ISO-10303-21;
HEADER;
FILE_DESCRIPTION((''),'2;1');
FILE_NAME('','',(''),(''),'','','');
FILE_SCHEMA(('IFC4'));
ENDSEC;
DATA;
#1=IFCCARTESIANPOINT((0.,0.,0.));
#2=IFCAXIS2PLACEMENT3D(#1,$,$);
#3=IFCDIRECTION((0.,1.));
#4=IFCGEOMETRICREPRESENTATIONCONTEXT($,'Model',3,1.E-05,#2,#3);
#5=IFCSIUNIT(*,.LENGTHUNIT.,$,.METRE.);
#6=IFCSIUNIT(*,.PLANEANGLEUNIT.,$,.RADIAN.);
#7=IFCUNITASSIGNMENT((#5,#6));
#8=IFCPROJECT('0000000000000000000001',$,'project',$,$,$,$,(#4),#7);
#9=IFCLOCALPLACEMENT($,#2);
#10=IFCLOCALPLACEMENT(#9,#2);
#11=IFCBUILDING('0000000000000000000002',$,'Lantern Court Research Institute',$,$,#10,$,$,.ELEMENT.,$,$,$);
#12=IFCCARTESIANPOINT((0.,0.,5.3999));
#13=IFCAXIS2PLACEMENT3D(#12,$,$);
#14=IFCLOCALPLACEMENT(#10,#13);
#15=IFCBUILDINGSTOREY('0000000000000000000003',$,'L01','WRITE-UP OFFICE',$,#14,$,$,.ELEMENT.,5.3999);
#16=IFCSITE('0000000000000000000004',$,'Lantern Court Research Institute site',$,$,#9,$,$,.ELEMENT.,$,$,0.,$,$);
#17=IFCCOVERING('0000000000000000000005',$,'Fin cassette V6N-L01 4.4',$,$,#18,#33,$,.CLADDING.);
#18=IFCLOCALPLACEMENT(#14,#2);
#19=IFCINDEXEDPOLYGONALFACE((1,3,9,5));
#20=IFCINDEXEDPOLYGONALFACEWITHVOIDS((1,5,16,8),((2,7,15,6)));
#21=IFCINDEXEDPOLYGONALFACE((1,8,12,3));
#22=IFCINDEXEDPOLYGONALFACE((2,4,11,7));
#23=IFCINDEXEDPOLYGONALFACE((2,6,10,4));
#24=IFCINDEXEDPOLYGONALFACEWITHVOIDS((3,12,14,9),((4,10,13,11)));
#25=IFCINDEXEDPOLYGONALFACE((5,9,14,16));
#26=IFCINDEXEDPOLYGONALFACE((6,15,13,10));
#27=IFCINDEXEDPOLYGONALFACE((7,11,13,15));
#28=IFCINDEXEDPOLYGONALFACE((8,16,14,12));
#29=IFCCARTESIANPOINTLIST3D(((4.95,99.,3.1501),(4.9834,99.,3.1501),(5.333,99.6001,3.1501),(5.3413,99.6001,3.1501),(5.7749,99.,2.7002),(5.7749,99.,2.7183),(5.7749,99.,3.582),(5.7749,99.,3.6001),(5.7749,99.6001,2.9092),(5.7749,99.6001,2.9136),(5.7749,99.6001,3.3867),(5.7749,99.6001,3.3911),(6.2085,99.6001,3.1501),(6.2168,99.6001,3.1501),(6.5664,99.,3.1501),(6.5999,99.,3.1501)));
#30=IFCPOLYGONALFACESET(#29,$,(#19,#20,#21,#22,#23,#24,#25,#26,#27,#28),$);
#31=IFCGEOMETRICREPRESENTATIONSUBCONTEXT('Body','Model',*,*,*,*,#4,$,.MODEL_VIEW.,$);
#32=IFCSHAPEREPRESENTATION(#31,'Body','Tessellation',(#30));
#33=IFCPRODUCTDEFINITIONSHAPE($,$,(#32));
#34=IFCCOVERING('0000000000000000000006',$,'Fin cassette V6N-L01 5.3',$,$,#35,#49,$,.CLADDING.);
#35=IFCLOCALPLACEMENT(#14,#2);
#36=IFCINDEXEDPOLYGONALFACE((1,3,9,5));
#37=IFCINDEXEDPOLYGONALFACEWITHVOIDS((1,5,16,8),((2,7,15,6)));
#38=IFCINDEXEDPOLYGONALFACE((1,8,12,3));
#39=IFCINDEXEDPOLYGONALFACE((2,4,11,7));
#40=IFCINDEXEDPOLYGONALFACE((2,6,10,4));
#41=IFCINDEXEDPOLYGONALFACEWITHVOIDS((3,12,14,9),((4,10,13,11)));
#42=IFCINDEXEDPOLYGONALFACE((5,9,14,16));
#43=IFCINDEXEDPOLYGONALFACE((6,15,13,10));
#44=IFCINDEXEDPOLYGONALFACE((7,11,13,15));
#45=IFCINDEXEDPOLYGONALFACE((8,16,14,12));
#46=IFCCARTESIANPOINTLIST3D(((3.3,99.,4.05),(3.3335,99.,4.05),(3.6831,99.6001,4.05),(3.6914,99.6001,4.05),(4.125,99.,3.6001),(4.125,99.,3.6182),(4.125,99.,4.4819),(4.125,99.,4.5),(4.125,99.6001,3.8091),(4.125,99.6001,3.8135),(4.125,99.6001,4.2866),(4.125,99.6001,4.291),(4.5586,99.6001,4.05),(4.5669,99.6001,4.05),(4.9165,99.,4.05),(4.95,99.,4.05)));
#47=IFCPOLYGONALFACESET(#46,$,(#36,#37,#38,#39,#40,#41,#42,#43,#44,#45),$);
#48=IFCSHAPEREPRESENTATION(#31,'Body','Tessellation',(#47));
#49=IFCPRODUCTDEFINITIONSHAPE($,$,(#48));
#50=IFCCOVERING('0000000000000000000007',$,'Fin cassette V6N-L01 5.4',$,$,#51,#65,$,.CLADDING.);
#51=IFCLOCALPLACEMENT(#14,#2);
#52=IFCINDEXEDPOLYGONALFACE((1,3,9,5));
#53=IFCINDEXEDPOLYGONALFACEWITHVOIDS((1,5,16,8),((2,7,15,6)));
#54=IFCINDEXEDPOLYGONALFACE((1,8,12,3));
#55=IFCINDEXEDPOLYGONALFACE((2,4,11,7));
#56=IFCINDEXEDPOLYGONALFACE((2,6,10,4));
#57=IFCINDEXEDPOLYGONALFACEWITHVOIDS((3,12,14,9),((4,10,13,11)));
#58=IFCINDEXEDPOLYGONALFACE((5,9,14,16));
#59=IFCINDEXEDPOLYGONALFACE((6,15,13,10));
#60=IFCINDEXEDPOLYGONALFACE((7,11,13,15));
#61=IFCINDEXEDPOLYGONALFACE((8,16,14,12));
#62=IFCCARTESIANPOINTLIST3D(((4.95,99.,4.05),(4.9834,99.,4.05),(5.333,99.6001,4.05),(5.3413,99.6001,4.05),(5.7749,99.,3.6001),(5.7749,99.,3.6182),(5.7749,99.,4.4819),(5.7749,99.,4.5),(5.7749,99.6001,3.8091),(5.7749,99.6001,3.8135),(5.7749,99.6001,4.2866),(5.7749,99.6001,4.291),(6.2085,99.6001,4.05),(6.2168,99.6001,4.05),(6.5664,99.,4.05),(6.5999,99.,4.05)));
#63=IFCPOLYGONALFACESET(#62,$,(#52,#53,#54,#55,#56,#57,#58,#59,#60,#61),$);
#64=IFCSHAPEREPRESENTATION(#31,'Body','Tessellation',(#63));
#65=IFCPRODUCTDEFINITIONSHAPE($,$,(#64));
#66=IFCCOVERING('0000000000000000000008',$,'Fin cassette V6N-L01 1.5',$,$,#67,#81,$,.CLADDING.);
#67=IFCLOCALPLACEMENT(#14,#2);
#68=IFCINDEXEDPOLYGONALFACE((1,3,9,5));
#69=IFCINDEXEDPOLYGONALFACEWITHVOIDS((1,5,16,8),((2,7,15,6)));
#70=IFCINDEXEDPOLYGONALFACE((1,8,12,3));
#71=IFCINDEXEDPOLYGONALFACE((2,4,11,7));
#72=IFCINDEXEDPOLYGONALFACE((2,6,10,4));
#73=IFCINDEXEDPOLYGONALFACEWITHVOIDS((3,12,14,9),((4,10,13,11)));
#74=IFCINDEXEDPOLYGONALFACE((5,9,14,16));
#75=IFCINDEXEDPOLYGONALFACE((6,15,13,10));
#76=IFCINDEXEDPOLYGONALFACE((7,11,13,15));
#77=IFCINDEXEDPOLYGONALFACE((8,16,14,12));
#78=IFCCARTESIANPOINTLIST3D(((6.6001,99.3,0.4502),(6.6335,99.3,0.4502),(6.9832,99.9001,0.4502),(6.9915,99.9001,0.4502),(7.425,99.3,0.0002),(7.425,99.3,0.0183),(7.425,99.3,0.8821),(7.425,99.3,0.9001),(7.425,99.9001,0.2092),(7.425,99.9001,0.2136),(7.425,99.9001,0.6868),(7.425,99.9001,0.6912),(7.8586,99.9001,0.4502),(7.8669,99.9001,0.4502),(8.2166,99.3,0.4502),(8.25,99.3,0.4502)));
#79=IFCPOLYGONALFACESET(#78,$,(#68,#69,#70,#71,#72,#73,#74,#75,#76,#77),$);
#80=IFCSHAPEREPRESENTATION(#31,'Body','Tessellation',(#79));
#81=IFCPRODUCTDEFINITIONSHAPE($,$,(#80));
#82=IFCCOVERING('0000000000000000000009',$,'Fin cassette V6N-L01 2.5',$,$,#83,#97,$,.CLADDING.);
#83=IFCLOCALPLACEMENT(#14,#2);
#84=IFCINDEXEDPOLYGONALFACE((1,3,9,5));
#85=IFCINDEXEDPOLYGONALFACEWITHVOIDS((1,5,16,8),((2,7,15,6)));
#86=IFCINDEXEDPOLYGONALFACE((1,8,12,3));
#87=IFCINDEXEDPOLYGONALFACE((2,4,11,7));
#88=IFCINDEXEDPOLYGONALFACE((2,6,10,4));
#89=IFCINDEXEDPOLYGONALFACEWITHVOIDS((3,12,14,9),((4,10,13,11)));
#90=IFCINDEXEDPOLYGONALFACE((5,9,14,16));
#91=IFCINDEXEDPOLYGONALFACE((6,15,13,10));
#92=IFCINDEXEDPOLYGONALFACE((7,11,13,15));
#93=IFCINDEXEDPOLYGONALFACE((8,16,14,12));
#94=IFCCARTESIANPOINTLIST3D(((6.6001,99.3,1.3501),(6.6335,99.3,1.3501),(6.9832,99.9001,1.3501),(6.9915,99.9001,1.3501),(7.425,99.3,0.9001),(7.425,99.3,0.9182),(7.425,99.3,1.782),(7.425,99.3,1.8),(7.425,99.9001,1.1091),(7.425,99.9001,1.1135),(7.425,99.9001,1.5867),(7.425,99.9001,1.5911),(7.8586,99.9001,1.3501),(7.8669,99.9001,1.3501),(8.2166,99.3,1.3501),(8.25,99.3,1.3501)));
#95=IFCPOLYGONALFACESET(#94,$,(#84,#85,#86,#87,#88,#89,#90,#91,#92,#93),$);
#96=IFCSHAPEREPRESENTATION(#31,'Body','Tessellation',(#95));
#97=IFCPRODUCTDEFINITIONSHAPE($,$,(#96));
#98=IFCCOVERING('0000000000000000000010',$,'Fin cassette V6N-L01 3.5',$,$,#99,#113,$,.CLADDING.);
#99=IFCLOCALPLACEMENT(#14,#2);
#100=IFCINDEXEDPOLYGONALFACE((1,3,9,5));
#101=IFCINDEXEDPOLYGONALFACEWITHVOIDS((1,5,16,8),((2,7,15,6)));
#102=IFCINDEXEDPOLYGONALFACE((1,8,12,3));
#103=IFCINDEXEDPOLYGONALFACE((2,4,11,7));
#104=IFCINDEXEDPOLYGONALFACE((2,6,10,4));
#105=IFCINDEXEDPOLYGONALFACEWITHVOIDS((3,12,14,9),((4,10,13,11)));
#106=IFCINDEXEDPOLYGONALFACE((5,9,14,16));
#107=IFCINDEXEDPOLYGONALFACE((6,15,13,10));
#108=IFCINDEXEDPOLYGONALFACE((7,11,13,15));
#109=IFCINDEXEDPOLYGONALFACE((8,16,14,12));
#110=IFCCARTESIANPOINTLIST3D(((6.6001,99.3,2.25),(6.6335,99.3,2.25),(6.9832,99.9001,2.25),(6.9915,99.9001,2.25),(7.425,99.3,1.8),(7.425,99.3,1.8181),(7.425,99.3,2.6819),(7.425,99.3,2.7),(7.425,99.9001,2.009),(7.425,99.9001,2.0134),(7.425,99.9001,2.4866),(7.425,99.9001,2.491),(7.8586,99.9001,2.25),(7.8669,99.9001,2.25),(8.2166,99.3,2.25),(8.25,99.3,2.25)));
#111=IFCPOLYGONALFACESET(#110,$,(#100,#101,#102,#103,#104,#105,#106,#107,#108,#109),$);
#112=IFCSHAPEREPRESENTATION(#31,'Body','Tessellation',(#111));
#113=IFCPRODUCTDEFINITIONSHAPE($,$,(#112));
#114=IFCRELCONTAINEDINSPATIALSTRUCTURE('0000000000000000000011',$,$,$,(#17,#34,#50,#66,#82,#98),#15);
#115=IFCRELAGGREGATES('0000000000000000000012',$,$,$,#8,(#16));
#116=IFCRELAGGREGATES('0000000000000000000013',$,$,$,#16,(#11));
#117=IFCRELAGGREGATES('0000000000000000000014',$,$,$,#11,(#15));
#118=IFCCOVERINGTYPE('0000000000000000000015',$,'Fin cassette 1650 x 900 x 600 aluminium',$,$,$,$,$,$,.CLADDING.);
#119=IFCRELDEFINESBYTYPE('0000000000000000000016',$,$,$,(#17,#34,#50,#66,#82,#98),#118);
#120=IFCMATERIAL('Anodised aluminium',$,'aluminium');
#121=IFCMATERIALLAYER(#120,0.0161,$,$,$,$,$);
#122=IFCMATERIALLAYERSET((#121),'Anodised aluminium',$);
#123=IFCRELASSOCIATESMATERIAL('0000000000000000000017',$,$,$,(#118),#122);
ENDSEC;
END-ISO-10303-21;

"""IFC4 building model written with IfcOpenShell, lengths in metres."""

from ifc_helpers import new_model, entity, si_unit, direction, frame, origin, place, context, subcontext, project, spatial, material, layer, layer_set, type_object, element, save


model = new_model("IFC4")

# Units and contexts
model_context = context("Model", 3, precision=1e-05, world=origin(), true_north=direction((0.0, 1.0)))
body_context = subcontext(model_context, "Body", "Model", "MODEL_VIEW")
ifc_project = project(units=[si_unit("LENGTHUNIT", "METRE"), si_unit("PLANEANGLEUNIT", "RADIAN")], contexts=[model_context])

# Site, building, storey
site_placement = place(None, origin())
site = spatial("IfcSite", under=ifc_project, at=site_placement, Name="Lantern Court Research Institute site", CompositionType="ELEMENT", RefElevation=0.0)
building_placement = place(site_placement, origin())
building = spatial("IfcBuilding", under=site, at=building_placement, Name="Lantern Court Research Institute", CompositionType="ELEMENT")
storey_placement = place(building_placement, frame((0.0, 0.0, 5.3999)))
storey = spatial("IfcBuildingStorey", under=building, at=storey_placement, Name="L01", Description="WRITE-UP OFFICE", CompositionType="ELEMENT", Elevation=5.3999)

# Coverings
ifc_material_1 = material(Name="Anodised aluminium", Category="aluminium")
ifc_layer_1 = layer(ifc_material_1, 0.0161)
ifc_layer_set_1 = layer_set([ifc_layer_1], Name="Anodised aluminium")
covering_type_1 = type_object("IfcCoveringType", Name="Fin cassette 1650 x 900 x 600 aluminium", PredefinedType="CLADDING", material=ifc_layer_set_1)
covering_1_placement = place(storey_placement, frame((5.7749, 99.0, 3.1501), z_axis=(0.0, 1.0, 0.0), x_axis=(-1.0, 0.0, 0.0)))
cartesian_point_1 = entity("IfcCartesianPoint", [0.825, 0.0])
cartesian_point_2 = entity("IfcCartesianPoint", [0.7915, 0.0])
cartesian_point_3 = entity("IfcCartesianPoint", [0.4419, 0.0])
cartesian_point_4 = entity("IfcCartesianPoint", [0.4336, 0.0])
element("IfcCovering", 1, at=covering_1_placement, inside=storey, type_object=covering_type_1, Name="Fin cassette V6N-L01 4.4", PredefinedType="CLADDING", context=body_context, shape_type="SweptSolid", body=[
    entity("IfcExtrudedAreaSolidTapered", entity("IfcArbitraryProfileDefWithVoids", "AREA", None, entity("IfcPolyline", [cartesian_point_1, entity("IfcCartesianPoint", [0.0, 0.45]), entity("IfcCartesianPoint", [-0.825, 0.0]), entity("IfcCartesianPoint", [0.0, -0.45]), cartesian_point_1]), [entity("IfcPolyline", [cartesian_point_2, entity("IfcCartesianPoint", [0.0, 0.4319]), entity("IfcCartesianPoint", [-0.7915, 0.0]), entity("IfcCartesianPoint", [0.0, -0.4319]), cartesian_point_2])]), entity("IfcAxis2Placement3D", entity("IfcCartesianPoint", [0.0, 0.0, 0.0])), entity("IfcDirection", [0.0, 0.0, 1.0]), 0.6001, entity("IfcArbitraryProfileDefWithVoids", "AREA", None, entity("IfcPolyline", [cartesian_point_3, entity("IfcCartesianPoint", [0.0, 0.241]), entity("IfcCartesianPoint", [-0.4419, 0.0]), entity("IfcCartesianPoint", [0.0, -0.241]), cartesian_point_3]), [entity("IfcPolyline", [cartesian_point_4, entity("IfcCartesianPoint", [0.0, 0.2366]), entity("IfcCartesianPoint", [-0.4336, 0.0]), entity("IfcCartesianPoint", [0.0, -0.2366]), cartesian_point_4])])),
])
covering_2_placement = place(storey_placement, frame((4.125, 99.0, 4.05), z_axis=(0.0, 1.0, 0.0), x_axis=(-1.0, 0.0, 0.0)))
cartesian_point_5 = entity("IfcCartesianPoint", [0.825, 0.0])
cartesian_point_6 = entity("IfcCartesianPoint", [0.7915, 0.0])
cartesian_point_7 = entity("IfcCartesianPoint", [0.4419, 0.0])
cartesian_point_8 = entity("IfcCartesianPoint", [0.4336, 0.0])
element("IfcCovering", 2, at=covering_2_placement, inside=storey, type_object=covering_type_1, Name="Fin cassette V6N-L01 5.3", PredefinedType="CLADDING", context=body_context, shape_type="SweptSolid", body=[
    entity("IfcExtrudedAreaSolidTapered", entity("IfcArbitraryProfileDefWithVoids", "AREA", None, entity("IfcPolyline", [cartesian_point_5, entity("IfcCartesianPoint", [0.0, 0.45]), entity("IfcCartesianPoint", [-0.825, 0.0]), entity("IfcCartesianPoint", [0.0, -0.45]), cartesian_point_5]), [entity("IfcPolyline", [cartesian_point_6, entity("IfcCartesianPoint", [0.0, 0.4319]), entity("IfcCartesianPoint", [-0.7915, 0.0]), entity("IfcCartesianPoint", [0.0, -0.4319]), cartesian_point_6])]), entity("IfcAxis2Placement3D", entity("IfcCartesianPoint", [0.0, 0.0, 0.0])), entity("IfcDirection", [0.0, 0.0, 1.0]), 0.6001, entity("IfcArbitraryProfileDefWithVoids", "AREA", None, entity("IfcPolyline", [cartesian_point_7, entity("IfcCartesianPoint", [0.0, 0.241]), entity("IfcCartesianPoint", [-0.4419, 0.0]), entity("IfcCartesianPoint", [0.0, -0.241]), cartesian_point_7]), [entity("IfcPolyline", [cartesian_point_8, entity("IfcCartesianPoint", [0.0, 0.2366]), entity("IfcCartesianPoint", [-0.4336, 0.0]), entity("IfcCartesianPoint", [0.0, -0.2366]), cartesian_point_8])])),
])
covering_3_placement = place(storey_placement, frame((5.7749, 99.0, 4.05), z_axis=(0.0, 1.0, 0.0), x_axis=(-1.0, 0.0, 0.0)))
cartesian_point_9 = entity("IfcCartesianPoint", [0.825, 0.0])
cartesian_point_10 = entity("IfcCartesianPoint", [0.7915, 0.0])
cartesian_point_11 = entity("IfcCartesianPoint", [0.4419, 0.0])
cartesian_point_12 = entity("IfcCartesianPoint", [0.4336, 0.0])
element("IfcCovering", 3, at=covering_3_placement, inside=storey, type_object=covering_type_1, Name="Fin cassette V6N-L01 5.4", PredefinedType="CLADDING", context=body_context, shape_type="SweptSolid", body=[
    entity("IfcExtrudedAreaSolidTapered", entity("IfcArbitraryProfileDefWithVoids", "AREA", None, entity("IfcPolyline", [cartesian_point_9, entity("IfcCartesianPoint", [0.0, 0.45]), entity("IfcCartesianPoint", [-0.825, 0.0]), entity("IfcCartesianPoint", [0.0, -0.45]), cartesian_point_9]), [entity("IfcPolyline", [cartesian_point_10, entity("IfcCartesianPoint", [0.0, 0.4319]), entity("IfcCartesianPoint", [-0.7915, 0.0]), entity("IfcCartesianPoint", [0.0, -0.4319]), cartesian_point_10])]), entity("IfcAxis2Placement3D", entity("IfcCartesianPoint", [0.0, 0.0, 0.0])), entity("IfcDirection", [0.0, 0.0, 1.0]), 0.6001, entity("IfcArbitraryProfileDefWithVoids", "AREA", None, entity("IfcPolyline", [cartesian_point_11, entity("IfcCartesianPoint", [0.0, 0.241]), entity("IfcCartesianPoint", [-0.4419, 0.0]), entity("IfcCartesianPoint", [0.0, -0.241]), cartesian_point_11]), [entity("IfcPolyline", [cartesian_point_12, entity("IfcCartesianPoint", [0.0, 0.2366]), entity("IfcCartesianPoint", [-0.4336, 0.0]), entity("IfcCartesianPoint", [0.0, -0.2366]), cartesian_point_12])])),
])
covering_4_placement = place(storey_placement, frame((7.425, 99.3, 0.4502), z_axis=(0.0, 1.0, 0.0), x_axis=(-1.0, 0.0, 0.0)))
cartesian_point_13 = entity("IfcCartesianPoint", [0.825, 0.0])
cartesian_point_14 = entity("IfcCartesianPoint", [0.7915, 0.0])
cartesian_point_15 = entity("IfcCartesianPoint", [0.4419, 0.0])
cartesian_point_16 = entity("IfcCartesianPoint", [0.4336, 0.0])
element("IfcCovering", 4, at=covering_4_placement, inside=storey, type_object=covering_type_1, Name="Fin cassette V6N-L01 1.5", PredefinedType="CLADDING", context=body_context, shape_type="SweptSolid", body=[
    entity("IfcExtrudedAreaSolidTapered", entity("IfcArbitraryProfileDefWithVoids", "AREA", None, entity("IfcPolyline", [cartesian_point_13, entity("IfcCartesianPoint", [0.0, 0.45]), entity("IfcCartesianPoint", [-0.825, 0.0]), entity("IfcCartesianPoint", [0.0, -0.45]), cartesian_point_13]), [entity("IfcPolyline", [cartesian_point_14, entity("IfcCartesianPoint", [0.0, 0.4319]), entity("IfcCartesianPoint", [-0.7915, 0.0]), entity("IfcCartesianPoint", [0.0, -0.4319]), cartesian_point_14])]), entity("IfcAxis2Placement3D", entity("IfcCartesianPoint", [0.0, 0.0, 0.0])), entity("IfcDirection", [0.0, 0.0, 1.0]), 0.6001, entity("IfcArbitraryProfileDefWithVoids", "AREA", None, entity("IfcPolyline", [cartesian_point_15, entity("IfcCartesianPoint", [0.0, 0.241]), entity("IfcCartesianPoint", [-0.4419, 0.0]), entity("IfcCartesianPoint", [0.0, -0.241]), cartesian_point_15]), [entity("IfcPolyline", [cartesian_point_16, entity("IfcCartesianPoint", [0.0, 0.2366]), entity("IfcCartesianPoint", [-0.4336, 0.0]), entity("IfcCartesianPoint", [0.0, -0.2366]), cartesian_point_16])])),
])
covering_5_placement = place(storey_placement, frame((7.425, 99.3, 1.3501), z_axis=(0.0, 1.0, 0.0), x_axis=(-1.0, 0.0, 0.0)))
cartesian_point_17 = entity("IfcCartesianPoint", [0.825, 0.0])
cartesian_point_18 = entity("IfcCartesianPoint", [0.7915, 0.0])
cartesian_point_19 = entity("IfcCartesianPoint", [0.4419, 0.0])
cartesian_point_20 = entity("IfcCartesianPoint", [0.4336, 0.0])
element("IfcCovering", 5, at=covering_5_placement, inside=storey, type_object=covering_type_1, Name="Fin cassette V6N-L01 2.5", PredefinedType="CLADDING", context=body_context, shape_type="SweptSolid", body=[
    entity("IfcExtrudedAreaSolidTapered", entity("IfcArbitraryProfileDefWithVoids", "AREA", None, entity("IfcPolyline", [cartesian_point_17, entity("IfcCartesianPoint", [0.0, 0.45]), entity("IfcCartesianPoint", [-0.825, 0.0]), entity("IfcCartesianPoint", [0.0, -0.45]), cartesian_point_17]), [entity("IfcPolyline", [cartesian_point_18, entity("IfcCartesianPoint", [0.0, 0.4319]), entity("IfcCartesianPoint", [-0.7915, 0.0]), entity("IfcCartesianPoint", [0.0, -0.4319]), cartesian_point_18])]), entity("IfcAxis2Placement3D", entity("IfcCartesianPoint", [0.0, 0.0, 0.0])), entity("IfcDirection", [0.0, 0.0, 1.0]), 0.6001, entity("IfcArbitraryProfileDefWithVoids", "AREA", None, entity("IfcPolyline", [cartesian_point_19, entity("IfcCartesianPoint", [0.0, 0.241]), entity("IfcCartesianPoint", [-0.4419, 0.0]), entity("IfcCartesianPoint", [0.0, -0.241]), cartesian_point_19]), [entity("IfcPolyline", [cartesian_point_20, entity("IfcCartesianPoint", [0.0, 0.2366]), entity("IfcCartesianPoint", [-0.4336, 0.0]), entity("IfcCartesianPoint", [0.0, -0.2366]), cartesian_point_20])])),
])
covering_6_placement = place(storey_placement, frame((7.425, 99.3, 2.25), z_axis=(0.0, 1.0, 0.0), x_axis=(-1.0, 0.0, 0.0)))
cartesian_point_21 = entity("IfcCartesianPoint", [0.825, 0.0])
cartesian_point_22 = entity("IfcCartesianPoint", [0.7915, 0.0])
cartesian_point_23 = entity("IfcCartesianPoint", [0.4419, 0.0])
cartesian_point_24 = entity("IfcCartesianPoint", [0.4336, 0.0])
element("IfcCovering", 6, at=covering_6_placement, inside=storey, type_object=covering_type_1, Name="Fin cassette V6N-L01 3.5", PredefinedType="CLADDING", context=body_context, shape_type="SweptSolid", body=[
    entity("IfcExtrudedAreaSolidTapered", entity("IfcArbitraryProfileDefWithVoids", "AREA", None, entity("IfcPolyline", [cartesian_point_21, entity("IfcCartesianPoint", [0.0, 0.45]), entity("IfcCartesianPoint", [-0.825, 0.0]), entity("IfcCartesianPoint", [0.0, -0.45]), cartesian_point_21]), [entity("IfcPolyline", [cartesian_point_22, entity("IfcCartesianPoint", [0.0, 0.4319]), entity("IfcCartesianPoint", [-0.7915, 0.0]), entity("IfcCartesianPoint", [0.0, -0.4319]), cartesian_point_22])]), entity("IfcAxis2Placement3D", entity("IfcCartesianPoint", [0.0, 0.0, 0.0])), entity("IfcDirection", [0.0, 0.0, 1.0]), 0.6001, entity("IfcArbitraryProfileDefWithVoids", "AREA", None, entity("IfcPolyline", [cartesian_point_23, entity("IfcCartesianPoint", [0.0, 0.241]), entity("IfcCartesianPoint", [-0.4419, 0.0]), entity("IfcCartesianPoint", [0.0, -0.241]), cartesian_point_23]), [entity("IfcPolyline", [cartesian_point_24, entity("IfcCartesianPoint", [0.0, 0.2366]), entity("IfcCartesianPoint", [-0.4336, 0.0]), entity("IfcCartesianPoint", [0.0, -0.2366]), cartesian_point_24])])),
])

save(model, "model.ifc")
